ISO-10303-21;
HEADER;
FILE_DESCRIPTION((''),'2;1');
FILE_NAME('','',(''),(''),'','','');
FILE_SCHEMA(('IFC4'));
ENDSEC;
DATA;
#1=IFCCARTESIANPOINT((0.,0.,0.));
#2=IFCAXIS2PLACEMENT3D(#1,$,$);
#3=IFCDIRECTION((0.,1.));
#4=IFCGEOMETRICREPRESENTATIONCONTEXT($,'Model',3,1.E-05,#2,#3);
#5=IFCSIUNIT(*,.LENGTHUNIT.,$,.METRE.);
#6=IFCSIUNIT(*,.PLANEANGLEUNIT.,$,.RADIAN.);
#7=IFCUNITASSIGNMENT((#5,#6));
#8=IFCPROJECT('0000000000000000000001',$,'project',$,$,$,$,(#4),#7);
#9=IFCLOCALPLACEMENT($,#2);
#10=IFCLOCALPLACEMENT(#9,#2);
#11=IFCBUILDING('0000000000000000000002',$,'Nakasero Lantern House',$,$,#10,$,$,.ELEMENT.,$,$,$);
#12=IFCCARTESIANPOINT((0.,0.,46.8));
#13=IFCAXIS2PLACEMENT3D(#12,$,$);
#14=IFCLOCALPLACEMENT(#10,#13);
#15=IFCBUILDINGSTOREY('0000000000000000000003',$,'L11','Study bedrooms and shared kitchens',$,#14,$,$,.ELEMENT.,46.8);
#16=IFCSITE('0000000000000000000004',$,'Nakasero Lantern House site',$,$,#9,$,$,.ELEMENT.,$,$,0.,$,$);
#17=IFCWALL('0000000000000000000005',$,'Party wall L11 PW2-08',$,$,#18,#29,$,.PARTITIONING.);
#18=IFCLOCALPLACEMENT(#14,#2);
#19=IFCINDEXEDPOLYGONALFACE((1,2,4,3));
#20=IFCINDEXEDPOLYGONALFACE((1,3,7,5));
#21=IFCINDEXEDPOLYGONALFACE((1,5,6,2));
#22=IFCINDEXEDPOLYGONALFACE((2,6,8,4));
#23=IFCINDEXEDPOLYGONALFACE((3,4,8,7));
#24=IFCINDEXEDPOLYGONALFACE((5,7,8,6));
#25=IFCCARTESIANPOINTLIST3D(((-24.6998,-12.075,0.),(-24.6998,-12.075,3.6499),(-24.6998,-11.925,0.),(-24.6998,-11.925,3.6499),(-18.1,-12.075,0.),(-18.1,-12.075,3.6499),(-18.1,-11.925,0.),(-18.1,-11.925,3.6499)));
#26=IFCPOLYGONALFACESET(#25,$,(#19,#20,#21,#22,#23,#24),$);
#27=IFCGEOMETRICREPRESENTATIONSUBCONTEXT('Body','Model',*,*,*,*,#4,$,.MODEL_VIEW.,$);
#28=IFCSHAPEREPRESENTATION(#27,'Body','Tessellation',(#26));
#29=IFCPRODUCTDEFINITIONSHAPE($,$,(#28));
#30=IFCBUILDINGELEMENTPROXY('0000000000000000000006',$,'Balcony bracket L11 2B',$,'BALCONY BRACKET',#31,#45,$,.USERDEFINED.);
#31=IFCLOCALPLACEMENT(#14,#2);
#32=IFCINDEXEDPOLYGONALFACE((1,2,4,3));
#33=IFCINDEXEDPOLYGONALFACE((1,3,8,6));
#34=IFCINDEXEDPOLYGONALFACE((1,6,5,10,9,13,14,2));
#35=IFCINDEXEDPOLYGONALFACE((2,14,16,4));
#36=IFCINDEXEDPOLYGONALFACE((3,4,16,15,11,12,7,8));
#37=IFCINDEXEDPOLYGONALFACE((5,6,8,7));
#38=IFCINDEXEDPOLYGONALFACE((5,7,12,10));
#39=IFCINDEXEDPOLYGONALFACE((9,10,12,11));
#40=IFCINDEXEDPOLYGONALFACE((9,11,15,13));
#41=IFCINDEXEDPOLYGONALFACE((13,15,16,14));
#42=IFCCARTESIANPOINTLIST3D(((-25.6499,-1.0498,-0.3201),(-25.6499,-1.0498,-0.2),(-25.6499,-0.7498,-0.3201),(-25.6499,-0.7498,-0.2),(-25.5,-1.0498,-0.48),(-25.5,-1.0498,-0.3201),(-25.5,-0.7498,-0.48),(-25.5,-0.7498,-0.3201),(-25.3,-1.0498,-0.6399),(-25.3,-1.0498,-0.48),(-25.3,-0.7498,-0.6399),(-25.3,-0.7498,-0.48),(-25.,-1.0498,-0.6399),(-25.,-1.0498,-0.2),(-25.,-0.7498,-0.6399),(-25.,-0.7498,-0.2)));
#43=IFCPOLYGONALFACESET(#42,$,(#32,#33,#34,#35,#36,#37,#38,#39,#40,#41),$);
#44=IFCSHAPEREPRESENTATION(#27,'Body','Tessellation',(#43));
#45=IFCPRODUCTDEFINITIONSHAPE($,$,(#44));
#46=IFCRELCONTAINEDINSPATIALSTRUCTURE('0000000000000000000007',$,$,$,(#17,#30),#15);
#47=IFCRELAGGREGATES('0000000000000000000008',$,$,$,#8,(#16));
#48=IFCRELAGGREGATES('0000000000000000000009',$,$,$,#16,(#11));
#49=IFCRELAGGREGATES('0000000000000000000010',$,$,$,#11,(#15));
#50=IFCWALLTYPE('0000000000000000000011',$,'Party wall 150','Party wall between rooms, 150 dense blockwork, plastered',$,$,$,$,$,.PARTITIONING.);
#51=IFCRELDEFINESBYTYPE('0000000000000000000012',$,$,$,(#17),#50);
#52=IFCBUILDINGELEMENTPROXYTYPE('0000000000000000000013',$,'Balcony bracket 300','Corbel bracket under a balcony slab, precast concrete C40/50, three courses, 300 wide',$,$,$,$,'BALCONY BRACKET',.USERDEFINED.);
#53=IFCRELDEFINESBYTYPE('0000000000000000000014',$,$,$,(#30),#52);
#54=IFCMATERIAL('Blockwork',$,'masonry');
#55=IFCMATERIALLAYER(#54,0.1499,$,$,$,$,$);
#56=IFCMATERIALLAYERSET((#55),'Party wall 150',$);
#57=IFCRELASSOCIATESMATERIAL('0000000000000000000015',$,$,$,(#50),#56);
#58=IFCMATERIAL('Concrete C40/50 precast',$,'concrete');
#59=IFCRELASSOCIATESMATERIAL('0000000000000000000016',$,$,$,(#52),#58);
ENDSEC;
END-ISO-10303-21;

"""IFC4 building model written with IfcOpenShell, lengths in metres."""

from ifc_helpers import new_model, si_unit, direction, frame, frame_2d, origin, place, context, subcontext, project, spatial, polyline, rectangle, outline, extrude, material, layer, layer_set, type_object, element, save


model = new_model("IFC4")

# Units and contexts
model_context = context("Model", 3, precision=1e-05, world=origin(), true_north=direction((0.0, 1.0)))
body_context = subcontext(model_context, "Body", "Model", "MODEL_VIEW")
ifc_project = project(units=[si_unit("LENGTHUNIT", "METRE"), si_unit("PLANEANGLEUNIT", "RADIAN")], contexts=[model_context])

# Site, building, storey
site_placement = place(None, origin())
site = spatial("IfcSite", under=ifc_project, at=site_placement, Name="Nakasero Lantern House site", CompositionType="ELEMENT", RefElevation=0.0)
building_placement = place(site_placement, origin())
building = spatial("IfcBuilding", under=site, at=building_placement, Name="Nakasero Lantern House", CompositionType="ELEMENT")
storey_placement = place(building_placement, frame((0.0, 0.0, 46.8)))
storey = spatial("IfcBuildingStorey", under=building, at=storey_placement, Name="L11", Description="Study bedrooms and shared kitchens", CompositionType="ELEMENT", Elevation=46.8)

# Wall
ifc_material_1 = material(Name="Blockwork", Category="masonry")
ifc_layer_1 = layer(ifc_material_1, 0.1499)
ifc_layer_set_1 = layer_set([ifc_layer_1], Name="Party wall 150")
wall_type_1 = type_object("IfcWallType", Name="Party wall 150", Description="Party wall between rooms, 150 dense blockwork, plastered", PredefinedType="PARTITIONING", material=ifc_layer_set_1)
for number, where, z_axis, x_axis, name in (
    (1, (-18.1001, -12.0, 0.0), (0.0, 0.0, 1.0), (-1.0, 0.0, 0.0), "Party wall L11 PW2-08"),
):
    element("IfcWall", number, at=place(storey_placement, frame(where, z_axis=z_axis, x_axis=x_axis)), inside=storey, type_object=wall_type_1, Name=name, PredefinedType="PARTITIONING", context=body_context, shape_type="SweptSolid", body=[
        extrude(rectangle(XDim=6.5999, YDim=0.1499, at=frame_2d((3.2998, 0.0))), origin(), (0.0, 0.0, 1.0), 3.6499),
    ])

# Building element proxy
ifc_material_2 = material(Name="Concrete C40/50 precast", Category="concrete")
building_element_proxy_type = type_object("IfcBuildingElementProxyType", Name="Balcony bracket 300", Description="Corbel bracket under a balcony slab, precast concrete C40/50, three courses, 300 wide", ElementType="BALCONY BRACKET", PredefinedType="USERDEFINED", material=ifc_material_2)
proxy_placement = place(storey_placement, frame((-25.0, -0.8999, -0.2), z_axis=(0.0, 0.0, 1.0), x_axis=(-1.0, 0.0, 0.0)))
element("IfcBuildingElementProxy", 2, at=proxy_placement, inside=storey, type_object=building_element_proxy_type, Name="Balcony bracket L11 2B", ObjectType="BALCONY BRACKET", PredefinedType="USERDEFINED", context=body_context, shape_type="SweptSolid", body=[
    extrude(outline(polyline([(0.0, 0.0), (0.6499, 0.0), (0.6499, -0.1201), (0.5, -0.1201), (0.5, -0.28), (0.3, -0.28), (0.3, -0.4399), (0.0, -0.4399), (0.0, 0.0)])), frame((0.0, 0.1499, 0.0), z_axis=(0.0, -1.0, 0.0), x_axis=(1.0, 0.0, 0.0)), (0.0, 0.0, 1.0), 0.3),
])

save(model, "model.ifc")
